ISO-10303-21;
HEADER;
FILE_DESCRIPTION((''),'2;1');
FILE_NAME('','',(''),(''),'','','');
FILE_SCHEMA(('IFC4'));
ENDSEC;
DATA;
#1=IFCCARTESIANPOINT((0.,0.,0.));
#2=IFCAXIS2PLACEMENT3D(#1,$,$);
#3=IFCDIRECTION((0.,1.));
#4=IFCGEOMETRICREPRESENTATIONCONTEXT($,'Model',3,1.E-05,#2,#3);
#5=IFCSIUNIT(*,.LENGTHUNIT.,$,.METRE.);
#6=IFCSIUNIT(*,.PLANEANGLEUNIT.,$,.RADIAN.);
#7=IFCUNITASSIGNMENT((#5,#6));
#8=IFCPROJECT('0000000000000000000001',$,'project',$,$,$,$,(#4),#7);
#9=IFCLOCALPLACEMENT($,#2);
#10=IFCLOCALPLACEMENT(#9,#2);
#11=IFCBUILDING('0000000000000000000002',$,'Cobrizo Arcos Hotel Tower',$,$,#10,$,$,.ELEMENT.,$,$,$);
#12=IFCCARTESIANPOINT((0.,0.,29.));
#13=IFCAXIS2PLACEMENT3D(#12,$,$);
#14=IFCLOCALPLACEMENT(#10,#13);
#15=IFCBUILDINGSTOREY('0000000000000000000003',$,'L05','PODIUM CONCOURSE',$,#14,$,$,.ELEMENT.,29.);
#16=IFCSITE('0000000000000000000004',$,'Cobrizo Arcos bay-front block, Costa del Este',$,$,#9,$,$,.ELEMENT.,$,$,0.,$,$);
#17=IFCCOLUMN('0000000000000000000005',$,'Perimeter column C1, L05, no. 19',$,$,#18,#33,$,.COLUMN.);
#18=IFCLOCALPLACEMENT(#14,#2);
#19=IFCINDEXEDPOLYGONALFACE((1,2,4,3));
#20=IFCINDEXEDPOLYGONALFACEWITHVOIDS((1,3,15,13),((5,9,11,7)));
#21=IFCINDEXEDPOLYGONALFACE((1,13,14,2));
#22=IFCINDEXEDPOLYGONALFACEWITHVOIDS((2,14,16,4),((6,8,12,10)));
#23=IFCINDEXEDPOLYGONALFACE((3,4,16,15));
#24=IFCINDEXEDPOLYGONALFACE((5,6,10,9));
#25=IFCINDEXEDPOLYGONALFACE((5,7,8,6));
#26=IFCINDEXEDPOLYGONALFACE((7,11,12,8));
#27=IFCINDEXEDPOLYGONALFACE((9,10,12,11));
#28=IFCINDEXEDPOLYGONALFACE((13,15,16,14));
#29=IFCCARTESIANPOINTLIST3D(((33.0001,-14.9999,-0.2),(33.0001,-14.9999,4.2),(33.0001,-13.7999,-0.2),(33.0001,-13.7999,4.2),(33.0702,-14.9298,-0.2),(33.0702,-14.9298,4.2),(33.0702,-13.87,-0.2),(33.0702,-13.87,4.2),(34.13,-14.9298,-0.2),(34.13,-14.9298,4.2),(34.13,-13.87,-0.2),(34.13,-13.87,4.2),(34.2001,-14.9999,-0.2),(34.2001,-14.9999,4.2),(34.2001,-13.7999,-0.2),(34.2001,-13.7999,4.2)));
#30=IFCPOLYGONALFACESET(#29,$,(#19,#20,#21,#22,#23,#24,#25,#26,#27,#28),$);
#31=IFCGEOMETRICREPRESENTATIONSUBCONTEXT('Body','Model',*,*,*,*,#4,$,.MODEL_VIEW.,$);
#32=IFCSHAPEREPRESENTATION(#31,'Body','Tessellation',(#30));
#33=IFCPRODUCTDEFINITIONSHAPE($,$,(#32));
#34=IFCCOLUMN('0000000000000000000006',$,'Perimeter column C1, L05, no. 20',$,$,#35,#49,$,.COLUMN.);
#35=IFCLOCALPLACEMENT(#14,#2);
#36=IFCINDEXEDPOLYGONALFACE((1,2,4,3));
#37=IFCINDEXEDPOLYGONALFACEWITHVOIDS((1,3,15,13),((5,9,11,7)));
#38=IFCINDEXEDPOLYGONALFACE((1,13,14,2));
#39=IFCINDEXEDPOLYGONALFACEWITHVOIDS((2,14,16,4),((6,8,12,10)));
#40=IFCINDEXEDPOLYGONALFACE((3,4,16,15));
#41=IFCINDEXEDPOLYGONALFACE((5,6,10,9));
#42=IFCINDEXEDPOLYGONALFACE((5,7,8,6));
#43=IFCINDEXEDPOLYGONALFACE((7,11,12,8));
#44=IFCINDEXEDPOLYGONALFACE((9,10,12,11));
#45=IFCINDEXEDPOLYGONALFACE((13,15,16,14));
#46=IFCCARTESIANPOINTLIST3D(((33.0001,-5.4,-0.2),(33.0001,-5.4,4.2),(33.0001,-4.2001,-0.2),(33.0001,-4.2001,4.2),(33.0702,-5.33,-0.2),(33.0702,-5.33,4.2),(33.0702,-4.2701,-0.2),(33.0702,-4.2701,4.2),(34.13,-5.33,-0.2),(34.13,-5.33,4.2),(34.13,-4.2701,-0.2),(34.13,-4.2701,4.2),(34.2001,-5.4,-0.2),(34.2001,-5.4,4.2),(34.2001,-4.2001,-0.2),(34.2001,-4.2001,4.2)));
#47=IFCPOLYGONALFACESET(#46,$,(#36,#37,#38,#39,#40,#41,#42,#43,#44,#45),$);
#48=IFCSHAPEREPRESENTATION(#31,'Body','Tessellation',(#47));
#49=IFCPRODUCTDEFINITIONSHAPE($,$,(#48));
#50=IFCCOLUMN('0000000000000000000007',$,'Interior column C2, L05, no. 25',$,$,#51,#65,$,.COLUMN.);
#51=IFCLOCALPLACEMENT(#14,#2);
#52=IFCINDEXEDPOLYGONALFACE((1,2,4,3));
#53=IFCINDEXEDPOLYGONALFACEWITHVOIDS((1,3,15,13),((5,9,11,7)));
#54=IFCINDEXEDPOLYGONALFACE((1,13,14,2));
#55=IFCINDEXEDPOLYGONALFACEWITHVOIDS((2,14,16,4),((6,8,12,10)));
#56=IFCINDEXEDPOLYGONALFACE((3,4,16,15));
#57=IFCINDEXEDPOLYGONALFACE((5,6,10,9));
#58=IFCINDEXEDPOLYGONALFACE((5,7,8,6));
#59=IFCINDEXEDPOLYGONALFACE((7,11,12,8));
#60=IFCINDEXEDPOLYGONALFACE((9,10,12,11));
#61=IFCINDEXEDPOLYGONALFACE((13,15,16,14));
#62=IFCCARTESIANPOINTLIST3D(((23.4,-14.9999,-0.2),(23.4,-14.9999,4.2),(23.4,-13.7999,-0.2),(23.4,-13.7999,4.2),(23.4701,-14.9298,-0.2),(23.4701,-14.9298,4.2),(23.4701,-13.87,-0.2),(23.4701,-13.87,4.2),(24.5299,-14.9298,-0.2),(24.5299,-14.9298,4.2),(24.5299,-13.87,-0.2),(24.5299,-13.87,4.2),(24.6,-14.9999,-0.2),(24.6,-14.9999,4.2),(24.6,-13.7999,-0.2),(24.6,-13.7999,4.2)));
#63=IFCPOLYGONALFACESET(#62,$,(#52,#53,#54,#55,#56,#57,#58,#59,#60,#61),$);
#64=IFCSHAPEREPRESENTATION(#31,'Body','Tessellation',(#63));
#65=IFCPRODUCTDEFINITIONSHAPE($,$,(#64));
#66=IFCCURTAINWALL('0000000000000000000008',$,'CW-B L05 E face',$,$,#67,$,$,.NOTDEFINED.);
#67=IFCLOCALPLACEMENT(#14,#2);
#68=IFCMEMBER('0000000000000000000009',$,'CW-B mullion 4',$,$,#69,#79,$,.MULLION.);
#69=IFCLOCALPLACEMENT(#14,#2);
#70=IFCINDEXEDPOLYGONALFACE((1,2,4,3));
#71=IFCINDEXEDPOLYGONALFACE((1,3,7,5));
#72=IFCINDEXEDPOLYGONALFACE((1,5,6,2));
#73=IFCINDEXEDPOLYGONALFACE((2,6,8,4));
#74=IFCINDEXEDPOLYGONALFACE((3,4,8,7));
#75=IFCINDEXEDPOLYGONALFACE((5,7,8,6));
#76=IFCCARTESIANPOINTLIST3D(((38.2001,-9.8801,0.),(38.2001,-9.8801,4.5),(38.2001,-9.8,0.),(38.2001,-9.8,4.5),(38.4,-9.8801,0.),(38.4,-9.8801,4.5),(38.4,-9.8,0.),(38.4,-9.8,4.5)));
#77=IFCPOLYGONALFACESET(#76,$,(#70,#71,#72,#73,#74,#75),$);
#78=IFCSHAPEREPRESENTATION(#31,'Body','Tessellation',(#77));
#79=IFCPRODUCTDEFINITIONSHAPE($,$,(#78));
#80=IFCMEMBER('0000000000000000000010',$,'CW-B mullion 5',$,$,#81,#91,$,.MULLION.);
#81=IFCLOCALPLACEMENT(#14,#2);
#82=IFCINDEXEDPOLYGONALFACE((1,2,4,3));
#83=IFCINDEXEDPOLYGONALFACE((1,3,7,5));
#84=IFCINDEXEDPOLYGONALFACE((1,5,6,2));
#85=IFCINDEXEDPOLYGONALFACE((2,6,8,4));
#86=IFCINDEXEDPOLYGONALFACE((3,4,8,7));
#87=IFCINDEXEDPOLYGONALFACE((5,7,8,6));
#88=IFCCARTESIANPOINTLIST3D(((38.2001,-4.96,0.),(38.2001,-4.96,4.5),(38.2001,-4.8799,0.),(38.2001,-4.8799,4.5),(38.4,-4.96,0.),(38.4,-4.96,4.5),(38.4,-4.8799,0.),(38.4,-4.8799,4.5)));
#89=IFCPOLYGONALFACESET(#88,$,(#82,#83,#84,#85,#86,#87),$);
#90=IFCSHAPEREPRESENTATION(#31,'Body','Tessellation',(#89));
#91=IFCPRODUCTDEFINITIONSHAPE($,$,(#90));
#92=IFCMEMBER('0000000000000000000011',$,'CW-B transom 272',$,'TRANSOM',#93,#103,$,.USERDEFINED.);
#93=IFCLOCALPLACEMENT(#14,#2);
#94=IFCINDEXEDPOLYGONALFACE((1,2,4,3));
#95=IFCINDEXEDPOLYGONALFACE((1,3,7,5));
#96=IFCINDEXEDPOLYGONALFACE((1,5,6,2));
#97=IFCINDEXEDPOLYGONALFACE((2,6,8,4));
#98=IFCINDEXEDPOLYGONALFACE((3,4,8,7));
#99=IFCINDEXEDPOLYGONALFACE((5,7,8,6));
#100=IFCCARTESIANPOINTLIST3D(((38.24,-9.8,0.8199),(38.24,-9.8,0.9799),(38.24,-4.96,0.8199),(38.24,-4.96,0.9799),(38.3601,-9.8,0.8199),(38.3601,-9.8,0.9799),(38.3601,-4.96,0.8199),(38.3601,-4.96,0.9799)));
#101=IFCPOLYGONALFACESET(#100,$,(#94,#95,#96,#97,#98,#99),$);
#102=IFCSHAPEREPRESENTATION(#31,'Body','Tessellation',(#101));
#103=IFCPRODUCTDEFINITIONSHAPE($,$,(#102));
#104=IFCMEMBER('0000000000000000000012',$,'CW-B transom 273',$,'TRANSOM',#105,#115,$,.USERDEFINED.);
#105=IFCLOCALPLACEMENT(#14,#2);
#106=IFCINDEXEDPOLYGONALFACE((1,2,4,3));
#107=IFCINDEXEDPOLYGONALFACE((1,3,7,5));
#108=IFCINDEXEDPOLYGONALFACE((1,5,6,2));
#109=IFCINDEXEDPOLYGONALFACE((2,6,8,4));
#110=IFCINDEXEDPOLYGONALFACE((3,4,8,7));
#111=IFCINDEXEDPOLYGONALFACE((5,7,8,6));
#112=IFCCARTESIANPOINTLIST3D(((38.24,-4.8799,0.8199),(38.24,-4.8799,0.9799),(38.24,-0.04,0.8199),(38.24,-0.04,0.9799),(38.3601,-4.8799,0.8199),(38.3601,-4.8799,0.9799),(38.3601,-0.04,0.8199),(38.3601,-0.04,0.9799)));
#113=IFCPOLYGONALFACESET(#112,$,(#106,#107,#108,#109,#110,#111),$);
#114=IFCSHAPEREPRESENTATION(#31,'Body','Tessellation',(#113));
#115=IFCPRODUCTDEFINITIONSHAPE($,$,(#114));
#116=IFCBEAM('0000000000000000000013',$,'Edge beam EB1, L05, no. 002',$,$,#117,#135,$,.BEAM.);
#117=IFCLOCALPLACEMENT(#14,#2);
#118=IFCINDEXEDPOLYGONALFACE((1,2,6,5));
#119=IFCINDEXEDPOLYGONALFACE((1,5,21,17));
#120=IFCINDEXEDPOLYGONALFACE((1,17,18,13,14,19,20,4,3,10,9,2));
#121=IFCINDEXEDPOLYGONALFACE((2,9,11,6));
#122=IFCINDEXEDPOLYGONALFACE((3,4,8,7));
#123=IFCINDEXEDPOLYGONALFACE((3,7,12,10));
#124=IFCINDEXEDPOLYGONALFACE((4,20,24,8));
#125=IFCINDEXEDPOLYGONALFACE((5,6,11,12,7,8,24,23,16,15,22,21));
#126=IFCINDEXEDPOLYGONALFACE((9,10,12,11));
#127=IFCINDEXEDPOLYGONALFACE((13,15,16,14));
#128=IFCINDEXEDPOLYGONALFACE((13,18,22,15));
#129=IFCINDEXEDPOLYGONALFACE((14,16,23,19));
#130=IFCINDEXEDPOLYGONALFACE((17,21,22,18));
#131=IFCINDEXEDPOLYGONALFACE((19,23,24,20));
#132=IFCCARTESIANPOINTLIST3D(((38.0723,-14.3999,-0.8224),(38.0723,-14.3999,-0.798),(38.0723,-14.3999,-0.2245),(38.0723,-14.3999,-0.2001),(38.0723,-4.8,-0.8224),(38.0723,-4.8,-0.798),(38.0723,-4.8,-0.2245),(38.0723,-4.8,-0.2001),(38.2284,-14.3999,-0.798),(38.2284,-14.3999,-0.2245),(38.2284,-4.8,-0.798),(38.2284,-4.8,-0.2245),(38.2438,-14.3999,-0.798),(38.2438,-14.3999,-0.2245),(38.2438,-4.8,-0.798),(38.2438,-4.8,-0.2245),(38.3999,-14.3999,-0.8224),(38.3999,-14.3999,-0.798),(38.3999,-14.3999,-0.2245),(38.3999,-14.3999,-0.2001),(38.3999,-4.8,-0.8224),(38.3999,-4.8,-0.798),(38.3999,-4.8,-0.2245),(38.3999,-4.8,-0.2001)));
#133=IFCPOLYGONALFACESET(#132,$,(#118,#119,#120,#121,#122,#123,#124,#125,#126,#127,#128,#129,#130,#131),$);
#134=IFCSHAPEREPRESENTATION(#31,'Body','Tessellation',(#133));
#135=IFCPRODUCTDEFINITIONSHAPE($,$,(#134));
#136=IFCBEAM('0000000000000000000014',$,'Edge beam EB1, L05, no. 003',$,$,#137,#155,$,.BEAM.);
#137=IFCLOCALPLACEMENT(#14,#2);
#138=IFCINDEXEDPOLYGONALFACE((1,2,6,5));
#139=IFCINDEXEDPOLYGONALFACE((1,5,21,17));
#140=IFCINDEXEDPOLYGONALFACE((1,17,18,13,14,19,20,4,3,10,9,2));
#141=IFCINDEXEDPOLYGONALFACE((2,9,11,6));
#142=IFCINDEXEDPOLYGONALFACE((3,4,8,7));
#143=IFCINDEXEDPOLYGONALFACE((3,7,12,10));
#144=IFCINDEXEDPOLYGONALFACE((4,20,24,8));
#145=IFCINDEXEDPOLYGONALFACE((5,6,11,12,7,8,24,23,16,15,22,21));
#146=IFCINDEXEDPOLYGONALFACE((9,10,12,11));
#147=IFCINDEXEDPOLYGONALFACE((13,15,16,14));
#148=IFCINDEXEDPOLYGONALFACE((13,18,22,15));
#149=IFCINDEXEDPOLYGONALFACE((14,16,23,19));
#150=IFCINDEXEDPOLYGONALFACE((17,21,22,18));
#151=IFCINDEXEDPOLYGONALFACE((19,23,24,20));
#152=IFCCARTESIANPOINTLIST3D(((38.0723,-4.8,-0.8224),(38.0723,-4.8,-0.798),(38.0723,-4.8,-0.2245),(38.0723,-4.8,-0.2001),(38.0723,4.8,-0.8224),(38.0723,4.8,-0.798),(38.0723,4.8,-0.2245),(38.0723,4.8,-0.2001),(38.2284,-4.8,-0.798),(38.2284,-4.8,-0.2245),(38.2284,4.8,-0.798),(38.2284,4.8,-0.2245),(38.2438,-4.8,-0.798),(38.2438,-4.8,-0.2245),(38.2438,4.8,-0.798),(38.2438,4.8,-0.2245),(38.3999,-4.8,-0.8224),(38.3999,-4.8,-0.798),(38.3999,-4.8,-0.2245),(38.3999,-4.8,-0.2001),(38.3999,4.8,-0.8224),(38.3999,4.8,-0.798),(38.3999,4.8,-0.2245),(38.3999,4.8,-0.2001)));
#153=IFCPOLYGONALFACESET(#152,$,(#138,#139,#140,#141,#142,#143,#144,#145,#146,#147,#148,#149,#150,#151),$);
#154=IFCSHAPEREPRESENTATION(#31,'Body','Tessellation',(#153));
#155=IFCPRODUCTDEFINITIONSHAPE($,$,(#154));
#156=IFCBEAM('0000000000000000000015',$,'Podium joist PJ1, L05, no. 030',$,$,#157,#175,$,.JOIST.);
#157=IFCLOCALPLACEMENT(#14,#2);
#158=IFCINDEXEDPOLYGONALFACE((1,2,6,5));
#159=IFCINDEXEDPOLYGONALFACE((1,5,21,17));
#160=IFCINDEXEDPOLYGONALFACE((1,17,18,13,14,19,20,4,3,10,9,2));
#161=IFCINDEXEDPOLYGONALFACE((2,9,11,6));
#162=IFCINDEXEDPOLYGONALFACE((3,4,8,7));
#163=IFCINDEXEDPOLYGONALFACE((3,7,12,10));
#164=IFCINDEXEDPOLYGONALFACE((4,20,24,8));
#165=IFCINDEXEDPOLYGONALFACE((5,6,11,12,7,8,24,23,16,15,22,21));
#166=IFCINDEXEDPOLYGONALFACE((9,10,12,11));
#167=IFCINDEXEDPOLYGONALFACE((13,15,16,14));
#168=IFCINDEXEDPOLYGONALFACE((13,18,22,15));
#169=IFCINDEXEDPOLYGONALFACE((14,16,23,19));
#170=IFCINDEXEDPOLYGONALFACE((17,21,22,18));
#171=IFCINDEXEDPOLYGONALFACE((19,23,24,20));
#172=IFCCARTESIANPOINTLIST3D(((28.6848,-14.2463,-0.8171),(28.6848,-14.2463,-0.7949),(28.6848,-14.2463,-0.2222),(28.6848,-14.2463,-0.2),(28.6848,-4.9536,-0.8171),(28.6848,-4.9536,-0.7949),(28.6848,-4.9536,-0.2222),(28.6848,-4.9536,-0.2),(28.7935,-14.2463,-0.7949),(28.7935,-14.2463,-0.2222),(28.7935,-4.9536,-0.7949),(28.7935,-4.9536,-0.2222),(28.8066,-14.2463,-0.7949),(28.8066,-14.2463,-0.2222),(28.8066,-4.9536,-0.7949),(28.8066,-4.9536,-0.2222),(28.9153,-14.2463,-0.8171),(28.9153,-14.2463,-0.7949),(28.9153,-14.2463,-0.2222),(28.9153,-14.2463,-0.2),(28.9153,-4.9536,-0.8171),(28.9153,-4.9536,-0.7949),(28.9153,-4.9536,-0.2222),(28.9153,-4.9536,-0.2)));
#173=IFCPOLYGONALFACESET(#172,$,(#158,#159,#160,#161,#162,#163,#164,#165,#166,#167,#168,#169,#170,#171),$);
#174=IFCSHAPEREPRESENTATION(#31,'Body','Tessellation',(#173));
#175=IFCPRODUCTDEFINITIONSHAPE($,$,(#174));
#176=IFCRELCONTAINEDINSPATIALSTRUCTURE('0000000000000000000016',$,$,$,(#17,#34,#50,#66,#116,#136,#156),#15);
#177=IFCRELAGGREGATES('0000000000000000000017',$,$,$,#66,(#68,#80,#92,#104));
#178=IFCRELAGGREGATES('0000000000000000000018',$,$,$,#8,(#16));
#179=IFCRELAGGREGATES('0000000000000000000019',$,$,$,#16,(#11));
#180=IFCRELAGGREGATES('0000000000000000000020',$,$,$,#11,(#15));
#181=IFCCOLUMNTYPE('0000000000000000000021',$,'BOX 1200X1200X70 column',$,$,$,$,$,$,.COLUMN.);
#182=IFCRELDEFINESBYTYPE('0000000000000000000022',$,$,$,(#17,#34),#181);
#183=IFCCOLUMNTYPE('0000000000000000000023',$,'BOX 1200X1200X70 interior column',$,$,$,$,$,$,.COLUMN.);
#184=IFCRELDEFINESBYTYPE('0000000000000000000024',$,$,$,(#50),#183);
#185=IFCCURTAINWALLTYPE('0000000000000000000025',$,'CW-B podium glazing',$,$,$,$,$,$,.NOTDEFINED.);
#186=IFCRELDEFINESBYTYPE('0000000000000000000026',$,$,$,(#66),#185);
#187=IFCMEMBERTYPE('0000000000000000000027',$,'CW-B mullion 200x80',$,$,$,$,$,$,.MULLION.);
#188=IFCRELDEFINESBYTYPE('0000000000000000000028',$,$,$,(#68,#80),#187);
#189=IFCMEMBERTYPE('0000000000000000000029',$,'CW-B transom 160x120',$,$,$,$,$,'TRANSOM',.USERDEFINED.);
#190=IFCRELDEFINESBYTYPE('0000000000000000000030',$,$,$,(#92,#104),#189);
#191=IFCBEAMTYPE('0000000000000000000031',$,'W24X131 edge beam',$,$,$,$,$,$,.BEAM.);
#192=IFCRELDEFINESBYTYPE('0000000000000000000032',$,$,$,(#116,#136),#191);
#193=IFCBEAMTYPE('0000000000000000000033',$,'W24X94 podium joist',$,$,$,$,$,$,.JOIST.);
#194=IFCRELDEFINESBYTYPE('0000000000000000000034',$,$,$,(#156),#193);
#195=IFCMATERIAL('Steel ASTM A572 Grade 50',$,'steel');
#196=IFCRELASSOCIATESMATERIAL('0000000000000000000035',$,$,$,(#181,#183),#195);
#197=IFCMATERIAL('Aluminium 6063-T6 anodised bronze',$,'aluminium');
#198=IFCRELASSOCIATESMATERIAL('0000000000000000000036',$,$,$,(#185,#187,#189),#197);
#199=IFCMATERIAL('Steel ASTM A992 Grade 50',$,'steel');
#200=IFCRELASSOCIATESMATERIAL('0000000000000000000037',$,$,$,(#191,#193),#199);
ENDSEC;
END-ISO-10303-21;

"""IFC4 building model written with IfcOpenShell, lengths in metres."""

from ifc_helpers import new_model, si_unit, direction, frame, origin, origin_2d, place, context, subcontext, project, spatial, rectangle, hollow_rectangle, i_section, extrude, material, material_profile, profile_set, type_object, element, aggregate, save


model = new_model("IFC4")

# Units and contexts
model_context = context("Model", 3, precision=1e-05, world=origin(), true_north=direction((0.0, 1.0)))
body_context = subcontext(model_context, "Body", "Model", "MODEL_VIEW")
ifc_project = project(units=[si_unit("LENGTHUNIT", "METRE"), si_unit("PLANEANGLEUNIT", "RADIAN")], contexts=[model_context])

# Site, building, storey
site_placement = place(None, origin())
site = spatial("IfcSite", under=ifc_project, at=site_placement, Name="Cobrizo Arcos bay-front block, Costa del Este", CompositionType="ELEMENT", RefElevation=0.0)
building_placement = place(site_placement, origin())
building = spatial("IfcBuilding", under=site, at=building_placement, Name="Cobrizo Arcos Hotel Tower", CompositionType="ELEMENT")
storey_placement = place(building_placement, frame((0.0, 0.0, 29.0)))
storey = spatial("IfcBuildingStorey", under=building, at=storey_placement, Name="L05", Description="PODIUM CONCOURSE", CompositionType="ELEMENT", Elevation=29.0)

# Columns
ifc_material_1 = material(Name="Steel ASTM A572 Grade 50", Category="steel")
ifc_material_profile_1 = material_profile(ifc_material_1, hollow_rectangle(XDim=1.2, YDim=1.2, WallThickness=0.0701, at=origin_2d()), Name="BOX 1200X1200X70")
ifc_profile_set_1 = profile_set([ifc_material_profile_1], Name="Steel ASTM A572 Grade 50")
column_type_1 = type_object("IfcColumnType", Name="BOX 1200X1200X70 column", PredefinedType="COLUMN", material=ifc_profile_set_1)
for number, where, z_axis, x_axis, name in (
    (1, (33.6001, -14.3999, -0.2), (0.0, 0.0, 1.0), (1.0, 0.0, 0.0), "Perimeter column C1, L05, no. 19"),
    (2, (33.6001, -4.8, -0.2), (0.0, 0.0, 1.0), (1.0, 0.0, 0.0), "Perimeter column C1, L05, no. 20"),
):
    element("IfcColumn", number, at=place(storey_placement, frame(where, z_axis=z_axis, x_axis=x_axis)), inside=storey, type_object=column_type_1, Name=name, PredefinedType="COLUMN", context=body_context, shape_type="SweptSolid", body=[
        extrude(hollow_rectangle(XDim=1.2, YDim=1.2, WallThickness=0.0701, at=origin_2d()), origin(), (0.0, 0.0, 1.0), 4.3999),
    ])
ifc_material_profile_2 = material_profile(ifc_material_1, hollow_rectangle(XDim=1.2, YDim=1.2, WallThickness=0.0701, at=origin_2d()), Name="BOX 1200X1200X70")
ifc_profile_set_2 = profile_set([ifc_material_profile_2], Name="Steel ASTM A572 Grade 50")
column_type_2 = type_object("IfcColumnType", Name="BOX 1200X1200X70 interior column", PredefinedType="COLUMN", material=ifc_profile_set_2)
column_placement = place(storey_placement, frame((24.0, -14.3999, -0.2), z_axis=(0.0, 0.0, 1.0), x_axis=(1.0, 0.0, 0.0)))
element("IfcColumn", 3, at=column_placement, inside=storey, type_object=column_type_2, Name="Interior column C2, L05, no. 25", PredefinedType="COLUMN", context=body_context, shape_type="SweptSolid", body=[
    extrude(hollow_rectangle(XDim=1.2, YDim=1.2, WallThickness=0.0701, at=origin_2d()), origin(), (0.0, 0.0, 1.0), 4.3999),
])

# Curtain wall, members
ifc_material_2 = material(Name="Aluminium 6063-T6 anodised bronze", Category="aluminium")
curtain_wall_type = type_object("IfcCurtainWallType", Name="CW-B podium glazing", PredefinedType="NOTDEFINED", material=ifc_material_2)
curtain_wall_placement = place(storey_placement, origin())
curtain_wall = element("IfcCurtainWall", 4, at=curtain_wall_placement, inside=storey, type_object=curtain_wall_type, Name="CW-B L05 E face", PredefinedType="NOTDEFINED")
ifc_material_profile_3 = material_profile(ifc_material_2, rectangle(XDim=0.2, YDim=0.0801, at=origin_2d()), Name="CW-B mullion 200x80")
ifc_profile_set_3 = profile_set([ifc_material_profile_3], Name="Aluminium 6063-T6 anodised bronze")
member_type_1 = type_object("IfcMemberType", Name="CW-B mullion 200x80", PredefinedType="MULLION", material=ifc_profile_set_3)
member_1_placement = place(storey_placement, frame((38.3, -9.8401, 0.0), z_axis=(0.0, 0.0, 1.0), x_axis=(1.0, 0.0, 0.0)))
member_1 = element("IfcMember", 5, at=member_1_placement, type_object=member_type_1, Name="CW-B mullion 4", PredefinedType="MULLION", context=body_context, shape_type="SweptSolid", body=[
    extrude(rectangle(XDim=0.2, YDim=0.0801, at=origin_2d()), origin(), (0.0, 0.0, 1.0), 4.5),
])
member_2_placement = place(storey_placement, frame((38.3, -4.9199, 0.0), z_axis=(0.0, 0.0, 1.0), x_axis=(1.0, 0.0, 0.0)))
member_2 = element("IfcMember", 6, at=member_2_placement, type_object=member_type_1, Name="CW-B mullion 5", PredefinedType="MULLION", context=body_context, shape_type="SweptSolid", body=[
    extrude(rectangle(XDim=0.2, YDim=0.0801, at=origin_2d()), origin(), (0.0, 0.0, 1.0), 4.5),
])
ifc_material_profile_4 = material_profile(ifc_material_2, rectangle(XDim=0.1201, YDim=0.1599, at=origin_2d()), Name="CW-B transom 160x120")
ifc_profile_set_4 = profile_set([ifc_material_profile_4], Name="Aluminium 6063-T6 anodised bronze")
member_type_2 = type_object("IfcMemberType", Name="CW-B transom 160x120", ElementType="TRANSOM", PredefinedType="USERDEFINED", material=ifc_profile_set_4)
member_3_placement = place(storey_placement, frame((38.3, -9.8, 0.8999), z_axis=(0.0, 1.0, 0.0), x_axis=(-1.0, 0.0, 0.0)))
member_3 = element("IfcMember", 7, at=member_3_placement, type_object=member_type_2, Name="CW-B transom 272", ObjectType="TRANSOM", PredefinedType="USERDEFINED", context=body_context, shape_type="SweptSolid", body=[
    extrude(rectangle(XDim=0.1201, YDim=0.1599, at=origin_2d()), origin(), (0.0, 0.0, 1.0), 4.8401),
])
member_4_placement = place(storey_placement, frame((38.3, -4.8799, 0.8999), z_axis=(0.0, 1.0, 0.0), x_axis=(-1.0, 0.0, 0.0)))
member_4 = element("IfcMember", 8, at=member_4_placement, type_object=member_type_2, Name="CW-B transom 273", ObjectType="TRANSOM", PredefinedType="USERDEFINED", context=body_context, shape_type="SweptSolid", body=[
    extrude(rectangle(XDim=0.1201, YDim=0.1599, at=origin_2d()), origin(), (0.0, 0.0, 1.0), 4.8398),
])

# Beams
ifc_material_3 = material(Name="Steel ASTM A992 Grade 50", Category="steel")
ifc_material_profile_5 = material_profile(ifc_material_3, i_section(OverallWidth=0.3276, OverallDepth=0.6223, WebThickness=0.0154, FlangeThickness=0.0244, at=origin_2d()), Name="W24X131")
ifc_profile_set_5 = profile_set([ifc_material_profile_5], Name="Steel ASTM A992 Grade 50")
beam_type_1 = type_object("IfcBeamType", Name="W24X131 edge beam", PredefinedType="BEAM", material=ifc_profile_set_5)
beam_1_placement = place(storey_placement, frame((38.2361, -14.3999, -0.5112), z_axis=(0.0, 1.0, 0.0), x_axis=(-1.0, 0.0, 0.0)))
element("IfcBeam", 9, at=beam_1_placement, inside=storey, type_object=beam_type_1, Name="Edge beam EB1, L05, no. 002", PredefinedType="BEAM", context=body_context, shape_type="SweptSolid", body=[
    extrude(i_section(OverallWidth=0.3276, OverallDepth=0.6223, WebThickness=0.0154, FlangeThickness=0.0244, at=origin_2d()), origin(), (0.0, 0.0, 1.0), 9.5999),
])
beam_2_placement = place(storey_placement, frame((38.2361, -4.8, -0.5112), z_axis=(0.0, 1.0, 0.0), x_axis=(-1.0, 0.0, 0.0)))
element("IfcBeam", 10, at=beam_2_placement, inside=storey, type_object=beam_type_1, Name="Edge beam EB1, L05, no. 003", PredefinedType="BEAM", context=body_context, shape_type="SweptSolid", body=[
    extrude(i_section(OverallWidth=0.3276, OverallDepth=0.6223, WebThickness=0.0154, FlangeThickness=0.0244, at=origin_2d()), origin(), (0.0, 0.0, 1.0), 9.6001),
])
ifc_material_profile_6 = material_profile(ifc_material_3, i_section(OverallWidth=0.2305, OverallDepth=0.6172, WebThickness=0.0132, FlangeThickness=0.0222, at=origin_2d()), Name="W24X94")
ifc_profile_set_6 = profile_set([ifc_material_profile_6], Name="Steel ASTM A992 Grade 50")
beam_type_2 = type_object("IfcBeamType", Name="W24X94 podium joist", PredefinedType="JOIST", material=ifc_profile_set_6)
beam_3_placement = place(storey_placement, frame((28.8, -14.2463, -0.5085), z_axis=(0.0, 1.0, 0.0), x_axis=(-1.0, 0.0, 0.0)))
element("IfcBeam", 11, at=beam_3_placement, inside=storey, type_object=beam_type_2, Name="Podium joist PJ1, L05, no. 030", PredefinedType="JOIST", context=body_context, shape_type="SweptSolid", body=[
    extrude(i_section(OverallWidth=0.2305, OverallDepth=0.6172, WebThickness=0.0132, FlangeThickness=0.0222, at=origin_2d()), origin(), (0.0, 0.0, 1.0), 9.2927),
])

aggregate(curtain_wall, [member_1, member_2, member_3, member_4])

save(model, "model.ifc")
